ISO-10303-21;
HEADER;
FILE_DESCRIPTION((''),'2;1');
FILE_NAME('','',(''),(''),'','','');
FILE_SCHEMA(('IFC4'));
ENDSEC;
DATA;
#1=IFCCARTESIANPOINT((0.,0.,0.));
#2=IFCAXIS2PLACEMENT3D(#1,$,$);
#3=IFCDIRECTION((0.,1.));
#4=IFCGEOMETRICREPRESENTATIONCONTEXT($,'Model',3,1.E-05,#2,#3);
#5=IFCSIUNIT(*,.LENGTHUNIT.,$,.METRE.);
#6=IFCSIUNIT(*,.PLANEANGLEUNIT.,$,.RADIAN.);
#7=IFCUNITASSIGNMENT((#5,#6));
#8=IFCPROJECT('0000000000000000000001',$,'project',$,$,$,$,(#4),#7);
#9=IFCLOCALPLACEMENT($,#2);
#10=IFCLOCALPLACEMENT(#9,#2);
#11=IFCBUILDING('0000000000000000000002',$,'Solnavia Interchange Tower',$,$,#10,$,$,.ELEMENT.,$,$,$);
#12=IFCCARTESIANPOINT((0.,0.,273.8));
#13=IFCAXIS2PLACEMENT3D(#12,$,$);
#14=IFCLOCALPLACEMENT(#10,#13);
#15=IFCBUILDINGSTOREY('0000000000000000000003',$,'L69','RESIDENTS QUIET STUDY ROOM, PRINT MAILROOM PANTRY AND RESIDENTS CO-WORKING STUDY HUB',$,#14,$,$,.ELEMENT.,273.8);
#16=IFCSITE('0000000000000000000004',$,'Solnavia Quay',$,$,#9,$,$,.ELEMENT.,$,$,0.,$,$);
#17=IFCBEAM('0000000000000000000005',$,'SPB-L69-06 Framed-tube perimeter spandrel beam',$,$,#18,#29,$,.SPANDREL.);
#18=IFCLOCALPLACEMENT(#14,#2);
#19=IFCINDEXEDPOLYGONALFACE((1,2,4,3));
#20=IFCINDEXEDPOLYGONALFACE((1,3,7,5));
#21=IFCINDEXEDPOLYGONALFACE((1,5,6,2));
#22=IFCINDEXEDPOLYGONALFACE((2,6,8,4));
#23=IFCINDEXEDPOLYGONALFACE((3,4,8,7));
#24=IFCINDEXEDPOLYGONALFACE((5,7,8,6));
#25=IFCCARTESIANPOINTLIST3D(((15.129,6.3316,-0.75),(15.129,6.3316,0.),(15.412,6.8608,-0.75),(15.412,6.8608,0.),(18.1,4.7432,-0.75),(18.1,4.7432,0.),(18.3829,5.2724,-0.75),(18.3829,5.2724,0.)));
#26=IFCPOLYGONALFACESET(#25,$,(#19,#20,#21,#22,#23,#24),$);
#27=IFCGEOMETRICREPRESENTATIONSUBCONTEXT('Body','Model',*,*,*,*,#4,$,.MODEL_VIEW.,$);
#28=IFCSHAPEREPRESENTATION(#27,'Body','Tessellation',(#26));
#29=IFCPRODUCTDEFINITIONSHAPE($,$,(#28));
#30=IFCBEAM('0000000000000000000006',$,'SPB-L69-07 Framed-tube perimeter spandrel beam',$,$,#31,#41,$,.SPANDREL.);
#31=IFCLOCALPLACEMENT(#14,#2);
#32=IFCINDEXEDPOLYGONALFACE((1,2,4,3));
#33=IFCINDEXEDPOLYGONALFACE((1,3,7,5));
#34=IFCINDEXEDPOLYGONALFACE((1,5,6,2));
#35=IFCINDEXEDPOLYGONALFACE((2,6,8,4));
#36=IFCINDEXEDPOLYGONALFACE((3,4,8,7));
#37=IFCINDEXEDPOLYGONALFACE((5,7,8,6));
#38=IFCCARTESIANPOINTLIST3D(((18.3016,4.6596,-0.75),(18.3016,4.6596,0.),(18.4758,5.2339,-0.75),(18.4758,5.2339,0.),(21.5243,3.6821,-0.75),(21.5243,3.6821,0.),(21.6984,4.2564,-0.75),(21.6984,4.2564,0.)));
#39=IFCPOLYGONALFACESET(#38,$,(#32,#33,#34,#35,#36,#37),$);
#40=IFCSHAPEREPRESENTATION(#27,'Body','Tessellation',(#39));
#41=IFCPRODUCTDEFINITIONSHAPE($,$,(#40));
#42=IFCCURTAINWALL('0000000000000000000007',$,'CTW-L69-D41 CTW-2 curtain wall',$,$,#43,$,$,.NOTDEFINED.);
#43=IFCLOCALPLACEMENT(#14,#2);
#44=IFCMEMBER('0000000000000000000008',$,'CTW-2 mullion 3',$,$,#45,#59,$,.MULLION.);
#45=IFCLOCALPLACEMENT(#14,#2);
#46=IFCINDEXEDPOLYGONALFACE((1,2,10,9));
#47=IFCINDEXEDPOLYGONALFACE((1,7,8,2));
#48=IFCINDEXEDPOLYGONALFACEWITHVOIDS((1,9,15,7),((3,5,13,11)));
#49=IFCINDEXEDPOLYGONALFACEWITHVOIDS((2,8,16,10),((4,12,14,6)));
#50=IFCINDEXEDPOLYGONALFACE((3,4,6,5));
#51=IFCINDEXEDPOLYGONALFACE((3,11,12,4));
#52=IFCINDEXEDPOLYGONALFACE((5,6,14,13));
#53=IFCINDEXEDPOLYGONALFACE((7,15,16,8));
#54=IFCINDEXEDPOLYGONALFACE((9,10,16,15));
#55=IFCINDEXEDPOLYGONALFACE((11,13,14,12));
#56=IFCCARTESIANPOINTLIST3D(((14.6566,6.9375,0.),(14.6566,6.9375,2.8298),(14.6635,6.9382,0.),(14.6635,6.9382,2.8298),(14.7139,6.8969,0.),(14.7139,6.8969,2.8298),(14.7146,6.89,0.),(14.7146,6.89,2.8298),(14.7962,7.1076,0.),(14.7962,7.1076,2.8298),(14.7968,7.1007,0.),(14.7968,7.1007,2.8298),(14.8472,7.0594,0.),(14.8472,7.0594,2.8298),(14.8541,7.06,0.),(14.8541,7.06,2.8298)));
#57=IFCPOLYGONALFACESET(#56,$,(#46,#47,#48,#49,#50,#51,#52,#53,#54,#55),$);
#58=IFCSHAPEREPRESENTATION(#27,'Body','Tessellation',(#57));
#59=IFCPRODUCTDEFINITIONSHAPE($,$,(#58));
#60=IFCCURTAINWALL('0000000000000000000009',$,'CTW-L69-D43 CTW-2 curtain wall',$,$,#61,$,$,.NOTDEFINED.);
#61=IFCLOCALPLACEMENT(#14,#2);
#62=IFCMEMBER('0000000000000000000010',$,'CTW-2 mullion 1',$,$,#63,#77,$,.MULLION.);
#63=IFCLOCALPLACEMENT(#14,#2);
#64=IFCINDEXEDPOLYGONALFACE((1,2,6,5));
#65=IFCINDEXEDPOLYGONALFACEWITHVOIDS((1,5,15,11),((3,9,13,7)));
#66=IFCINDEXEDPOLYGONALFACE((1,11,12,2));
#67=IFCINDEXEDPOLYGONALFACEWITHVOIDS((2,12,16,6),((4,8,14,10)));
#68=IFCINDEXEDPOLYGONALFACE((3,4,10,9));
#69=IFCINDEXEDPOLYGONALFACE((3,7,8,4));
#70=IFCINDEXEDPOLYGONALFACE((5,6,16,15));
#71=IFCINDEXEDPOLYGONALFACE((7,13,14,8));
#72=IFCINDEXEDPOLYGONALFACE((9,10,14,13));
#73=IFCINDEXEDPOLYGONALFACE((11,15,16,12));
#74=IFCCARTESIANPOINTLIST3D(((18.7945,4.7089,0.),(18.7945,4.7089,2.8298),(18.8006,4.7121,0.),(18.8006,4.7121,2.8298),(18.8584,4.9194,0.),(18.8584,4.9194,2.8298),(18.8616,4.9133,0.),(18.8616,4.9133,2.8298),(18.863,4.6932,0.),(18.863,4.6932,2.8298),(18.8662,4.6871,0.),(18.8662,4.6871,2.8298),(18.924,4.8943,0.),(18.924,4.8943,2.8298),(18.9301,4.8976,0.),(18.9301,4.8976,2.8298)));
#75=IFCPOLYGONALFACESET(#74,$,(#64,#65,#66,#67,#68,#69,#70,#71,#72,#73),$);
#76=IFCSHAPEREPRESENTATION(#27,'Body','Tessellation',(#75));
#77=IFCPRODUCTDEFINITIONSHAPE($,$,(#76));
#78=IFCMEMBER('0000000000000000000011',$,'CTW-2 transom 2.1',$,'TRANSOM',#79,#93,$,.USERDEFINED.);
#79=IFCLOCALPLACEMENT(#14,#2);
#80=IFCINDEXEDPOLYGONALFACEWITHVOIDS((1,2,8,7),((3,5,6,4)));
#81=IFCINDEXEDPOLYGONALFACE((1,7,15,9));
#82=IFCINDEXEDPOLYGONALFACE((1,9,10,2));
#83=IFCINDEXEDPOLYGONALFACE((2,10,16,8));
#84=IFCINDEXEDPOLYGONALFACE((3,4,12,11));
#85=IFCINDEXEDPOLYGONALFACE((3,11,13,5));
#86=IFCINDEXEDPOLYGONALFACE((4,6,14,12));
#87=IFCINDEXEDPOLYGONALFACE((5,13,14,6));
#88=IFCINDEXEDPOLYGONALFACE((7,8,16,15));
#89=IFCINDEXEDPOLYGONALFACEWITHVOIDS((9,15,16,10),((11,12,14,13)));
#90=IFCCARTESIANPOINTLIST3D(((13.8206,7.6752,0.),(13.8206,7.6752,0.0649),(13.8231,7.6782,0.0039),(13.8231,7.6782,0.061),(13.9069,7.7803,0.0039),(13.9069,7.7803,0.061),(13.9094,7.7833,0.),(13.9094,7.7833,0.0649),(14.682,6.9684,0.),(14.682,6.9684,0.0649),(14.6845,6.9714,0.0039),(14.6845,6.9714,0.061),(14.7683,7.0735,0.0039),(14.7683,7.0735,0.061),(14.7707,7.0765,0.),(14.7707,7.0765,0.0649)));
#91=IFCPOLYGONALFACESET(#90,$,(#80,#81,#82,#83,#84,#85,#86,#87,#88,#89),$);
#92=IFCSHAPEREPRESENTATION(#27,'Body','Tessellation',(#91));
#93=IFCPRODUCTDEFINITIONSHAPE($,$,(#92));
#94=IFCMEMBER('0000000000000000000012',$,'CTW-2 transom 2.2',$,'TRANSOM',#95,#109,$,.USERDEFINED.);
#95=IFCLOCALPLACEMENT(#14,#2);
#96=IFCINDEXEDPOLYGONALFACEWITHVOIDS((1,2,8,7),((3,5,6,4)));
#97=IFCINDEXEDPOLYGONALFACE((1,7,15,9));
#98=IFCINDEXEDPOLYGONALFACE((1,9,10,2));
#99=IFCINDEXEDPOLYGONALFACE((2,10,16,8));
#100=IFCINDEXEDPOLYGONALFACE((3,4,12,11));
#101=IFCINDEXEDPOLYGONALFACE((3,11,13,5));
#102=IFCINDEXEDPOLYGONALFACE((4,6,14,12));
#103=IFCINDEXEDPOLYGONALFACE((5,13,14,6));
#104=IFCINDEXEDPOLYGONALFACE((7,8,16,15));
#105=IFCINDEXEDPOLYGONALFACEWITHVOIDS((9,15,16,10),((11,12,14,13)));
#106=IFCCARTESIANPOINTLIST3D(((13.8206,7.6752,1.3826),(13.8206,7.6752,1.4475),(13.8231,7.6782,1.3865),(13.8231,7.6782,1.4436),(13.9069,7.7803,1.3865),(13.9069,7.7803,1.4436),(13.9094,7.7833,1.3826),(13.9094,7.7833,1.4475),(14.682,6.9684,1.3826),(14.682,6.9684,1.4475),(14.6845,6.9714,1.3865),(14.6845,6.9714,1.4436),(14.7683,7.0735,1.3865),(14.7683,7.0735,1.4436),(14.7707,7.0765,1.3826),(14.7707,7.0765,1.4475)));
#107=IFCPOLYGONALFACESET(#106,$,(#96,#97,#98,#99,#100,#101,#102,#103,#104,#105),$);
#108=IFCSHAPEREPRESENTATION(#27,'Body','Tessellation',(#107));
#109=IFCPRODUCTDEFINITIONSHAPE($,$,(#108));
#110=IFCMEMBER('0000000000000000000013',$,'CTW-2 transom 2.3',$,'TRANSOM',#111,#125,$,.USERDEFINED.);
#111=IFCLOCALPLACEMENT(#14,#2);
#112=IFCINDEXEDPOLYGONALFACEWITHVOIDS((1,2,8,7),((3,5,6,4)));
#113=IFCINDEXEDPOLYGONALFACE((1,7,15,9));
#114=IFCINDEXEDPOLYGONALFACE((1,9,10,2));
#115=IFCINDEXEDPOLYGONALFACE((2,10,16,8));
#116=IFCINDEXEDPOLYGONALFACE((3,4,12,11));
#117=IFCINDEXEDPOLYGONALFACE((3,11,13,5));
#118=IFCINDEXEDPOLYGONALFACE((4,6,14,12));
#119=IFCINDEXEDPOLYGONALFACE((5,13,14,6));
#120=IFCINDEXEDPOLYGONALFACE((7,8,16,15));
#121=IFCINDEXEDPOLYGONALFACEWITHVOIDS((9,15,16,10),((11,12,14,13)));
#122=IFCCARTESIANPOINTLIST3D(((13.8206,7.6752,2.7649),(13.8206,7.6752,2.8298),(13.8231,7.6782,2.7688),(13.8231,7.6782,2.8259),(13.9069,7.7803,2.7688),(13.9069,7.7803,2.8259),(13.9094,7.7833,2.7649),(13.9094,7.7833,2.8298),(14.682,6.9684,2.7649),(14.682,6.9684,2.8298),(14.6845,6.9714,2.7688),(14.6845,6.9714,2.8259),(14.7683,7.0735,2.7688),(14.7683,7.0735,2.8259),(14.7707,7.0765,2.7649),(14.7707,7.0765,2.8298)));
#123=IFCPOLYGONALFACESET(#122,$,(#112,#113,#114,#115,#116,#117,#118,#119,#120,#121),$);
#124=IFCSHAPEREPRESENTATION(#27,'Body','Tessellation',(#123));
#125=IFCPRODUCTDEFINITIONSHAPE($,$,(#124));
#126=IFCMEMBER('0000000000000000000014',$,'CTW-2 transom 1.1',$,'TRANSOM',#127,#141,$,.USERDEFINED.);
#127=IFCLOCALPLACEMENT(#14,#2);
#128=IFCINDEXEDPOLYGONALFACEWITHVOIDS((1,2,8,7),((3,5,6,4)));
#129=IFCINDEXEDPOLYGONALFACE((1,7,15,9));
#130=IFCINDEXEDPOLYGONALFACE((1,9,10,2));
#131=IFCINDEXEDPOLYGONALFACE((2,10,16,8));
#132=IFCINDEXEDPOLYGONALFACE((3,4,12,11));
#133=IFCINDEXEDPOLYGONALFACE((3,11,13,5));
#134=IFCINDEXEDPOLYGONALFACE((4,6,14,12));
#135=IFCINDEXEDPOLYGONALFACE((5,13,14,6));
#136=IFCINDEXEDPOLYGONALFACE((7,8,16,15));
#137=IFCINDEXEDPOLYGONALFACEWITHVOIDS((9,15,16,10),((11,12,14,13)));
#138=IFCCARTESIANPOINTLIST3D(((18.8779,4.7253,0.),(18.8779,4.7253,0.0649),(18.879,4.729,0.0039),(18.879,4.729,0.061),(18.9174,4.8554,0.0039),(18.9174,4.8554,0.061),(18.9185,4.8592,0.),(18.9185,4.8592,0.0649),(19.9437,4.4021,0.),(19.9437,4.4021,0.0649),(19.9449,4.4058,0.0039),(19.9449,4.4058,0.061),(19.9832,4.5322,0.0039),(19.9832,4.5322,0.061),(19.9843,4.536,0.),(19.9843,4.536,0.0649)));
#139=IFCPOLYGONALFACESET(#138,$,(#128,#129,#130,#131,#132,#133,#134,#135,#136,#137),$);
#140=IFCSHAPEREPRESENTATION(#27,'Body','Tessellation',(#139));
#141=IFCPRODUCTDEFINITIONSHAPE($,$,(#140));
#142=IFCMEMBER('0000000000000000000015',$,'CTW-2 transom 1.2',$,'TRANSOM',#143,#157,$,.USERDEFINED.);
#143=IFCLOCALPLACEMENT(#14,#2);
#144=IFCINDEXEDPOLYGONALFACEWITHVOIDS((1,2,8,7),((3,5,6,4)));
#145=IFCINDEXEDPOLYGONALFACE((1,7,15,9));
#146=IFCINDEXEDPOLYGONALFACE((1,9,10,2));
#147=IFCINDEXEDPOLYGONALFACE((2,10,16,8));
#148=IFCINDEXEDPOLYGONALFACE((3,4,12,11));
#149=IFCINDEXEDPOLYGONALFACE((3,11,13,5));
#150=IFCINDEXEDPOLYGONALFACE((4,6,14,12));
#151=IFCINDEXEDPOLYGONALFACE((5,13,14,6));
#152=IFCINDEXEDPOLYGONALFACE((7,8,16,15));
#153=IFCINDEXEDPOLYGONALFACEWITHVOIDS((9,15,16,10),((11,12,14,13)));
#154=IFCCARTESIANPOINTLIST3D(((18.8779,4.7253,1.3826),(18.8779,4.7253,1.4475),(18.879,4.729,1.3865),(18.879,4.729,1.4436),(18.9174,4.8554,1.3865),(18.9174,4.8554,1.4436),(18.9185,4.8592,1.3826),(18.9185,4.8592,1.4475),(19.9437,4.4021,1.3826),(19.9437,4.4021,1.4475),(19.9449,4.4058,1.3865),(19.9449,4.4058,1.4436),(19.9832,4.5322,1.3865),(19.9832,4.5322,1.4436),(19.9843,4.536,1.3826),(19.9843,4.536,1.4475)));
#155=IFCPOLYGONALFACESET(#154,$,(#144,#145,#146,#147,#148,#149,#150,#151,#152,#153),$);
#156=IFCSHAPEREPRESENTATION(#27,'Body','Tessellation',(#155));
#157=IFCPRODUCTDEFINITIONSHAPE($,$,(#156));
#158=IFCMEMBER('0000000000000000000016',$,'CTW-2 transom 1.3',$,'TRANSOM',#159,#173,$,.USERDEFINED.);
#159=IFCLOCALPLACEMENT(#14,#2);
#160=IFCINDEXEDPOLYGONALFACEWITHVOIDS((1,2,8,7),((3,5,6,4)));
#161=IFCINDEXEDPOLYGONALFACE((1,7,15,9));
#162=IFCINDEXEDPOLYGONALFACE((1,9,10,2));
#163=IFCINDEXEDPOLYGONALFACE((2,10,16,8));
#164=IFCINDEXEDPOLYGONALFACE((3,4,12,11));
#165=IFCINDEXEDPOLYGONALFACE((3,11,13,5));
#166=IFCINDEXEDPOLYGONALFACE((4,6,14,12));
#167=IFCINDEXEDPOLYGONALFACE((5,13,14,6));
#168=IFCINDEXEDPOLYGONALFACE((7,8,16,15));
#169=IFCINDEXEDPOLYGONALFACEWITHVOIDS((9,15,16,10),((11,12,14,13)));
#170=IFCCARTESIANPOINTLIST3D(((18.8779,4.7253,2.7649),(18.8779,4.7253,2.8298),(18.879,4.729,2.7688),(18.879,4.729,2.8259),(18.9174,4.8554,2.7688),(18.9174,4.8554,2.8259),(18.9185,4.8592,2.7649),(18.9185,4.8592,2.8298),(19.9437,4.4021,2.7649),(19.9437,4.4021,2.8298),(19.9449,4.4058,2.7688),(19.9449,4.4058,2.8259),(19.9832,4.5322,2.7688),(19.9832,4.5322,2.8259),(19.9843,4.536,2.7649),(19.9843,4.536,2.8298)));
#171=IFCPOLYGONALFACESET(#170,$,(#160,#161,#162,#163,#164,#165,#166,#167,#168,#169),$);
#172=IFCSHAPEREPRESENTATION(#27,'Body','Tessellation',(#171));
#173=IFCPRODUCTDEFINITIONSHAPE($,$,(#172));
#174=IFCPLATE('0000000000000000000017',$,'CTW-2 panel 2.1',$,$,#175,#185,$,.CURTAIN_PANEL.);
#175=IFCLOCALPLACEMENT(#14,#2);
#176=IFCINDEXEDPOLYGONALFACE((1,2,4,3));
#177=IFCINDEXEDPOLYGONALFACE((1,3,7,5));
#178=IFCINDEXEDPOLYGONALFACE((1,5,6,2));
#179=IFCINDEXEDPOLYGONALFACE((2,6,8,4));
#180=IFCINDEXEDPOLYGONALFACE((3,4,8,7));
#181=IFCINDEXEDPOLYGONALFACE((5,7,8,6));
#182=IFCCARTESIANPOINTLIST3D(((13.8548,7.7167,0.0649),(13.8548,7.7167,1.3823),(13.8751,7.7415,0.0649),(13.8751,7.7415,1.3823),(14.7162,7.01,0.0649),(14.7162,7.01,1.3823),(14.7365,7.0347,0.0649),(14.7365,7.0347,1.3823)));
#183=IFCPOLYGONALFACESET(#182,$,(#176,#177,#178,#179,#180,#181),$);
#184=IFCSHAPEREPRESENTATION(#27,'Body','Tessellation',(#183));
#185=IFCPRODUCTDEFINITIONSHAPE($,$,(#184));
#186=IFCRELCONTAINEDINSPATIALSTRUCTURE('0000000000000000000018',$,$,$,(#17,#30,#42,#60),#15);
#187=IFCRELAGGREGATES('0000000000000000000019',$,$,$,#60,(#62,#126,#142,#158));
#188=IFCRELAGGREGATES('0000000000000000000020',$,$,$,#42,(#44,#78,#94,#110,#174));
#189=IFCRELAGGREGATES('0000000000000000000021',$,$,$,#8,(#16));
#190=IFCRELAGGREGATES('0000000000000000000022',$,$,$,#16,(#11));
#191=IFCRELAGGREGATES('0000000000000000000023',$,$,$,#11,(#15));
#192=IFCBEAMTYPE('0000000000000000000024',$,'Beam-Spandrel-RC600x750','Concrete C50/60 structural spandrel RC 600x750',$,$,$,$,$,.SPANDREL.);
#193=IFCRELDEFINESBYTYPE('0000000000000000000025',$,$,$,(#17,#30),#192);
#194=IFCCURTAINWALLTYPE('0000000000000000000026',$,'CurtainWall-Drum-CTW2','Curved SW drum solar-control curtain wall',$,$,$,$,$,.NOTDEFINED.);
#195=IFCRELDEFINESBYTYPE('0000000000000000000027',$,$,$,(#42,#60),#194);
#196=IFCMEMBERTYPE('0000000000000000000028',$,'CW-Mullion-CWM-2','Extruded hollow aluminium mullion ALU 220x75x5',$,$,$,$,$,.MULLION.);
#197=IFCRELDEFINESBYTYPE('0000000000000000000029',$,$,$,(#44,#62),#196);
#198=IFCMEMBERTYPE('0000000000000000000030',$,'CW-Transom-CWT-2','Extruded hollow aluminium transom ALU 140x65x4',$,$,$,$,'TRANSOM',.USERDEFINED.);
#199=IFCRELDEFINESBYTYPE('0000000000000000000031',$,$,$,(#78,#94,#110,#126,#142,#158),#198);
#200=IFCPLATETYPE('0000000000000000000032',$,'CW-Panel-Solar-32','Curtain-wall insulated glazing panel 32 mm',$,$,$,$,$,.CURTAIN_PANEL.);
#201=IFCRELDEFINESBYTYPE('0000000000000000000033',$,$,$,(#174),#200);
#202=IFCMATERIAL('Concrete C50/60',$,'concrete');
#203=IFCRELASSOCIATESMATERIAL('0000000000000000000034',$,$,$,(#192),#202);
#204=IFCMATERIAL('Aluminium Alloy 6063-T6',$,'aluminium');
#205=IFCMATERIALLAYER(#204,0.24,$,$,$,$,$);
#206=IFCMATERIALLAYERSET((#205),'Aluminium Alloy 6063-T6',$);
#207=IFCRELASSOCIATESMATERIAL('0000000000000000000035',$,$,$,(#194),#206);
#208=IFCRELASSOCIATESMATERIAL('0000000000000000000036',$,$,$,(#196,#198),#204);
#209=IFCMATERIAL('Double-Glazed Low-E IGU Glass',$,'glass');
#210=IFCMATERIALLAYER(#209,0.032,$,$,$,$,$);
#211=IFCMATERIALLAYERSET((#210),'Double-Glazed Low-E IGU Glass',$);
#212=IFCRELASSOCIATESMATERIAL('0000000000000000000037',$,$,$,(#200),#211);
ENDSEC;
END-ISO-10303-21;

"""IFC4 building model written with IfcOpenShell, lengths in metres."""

from ifc_helpers import new_model, si_unit, direction, frame, origin, origin_2d, place, context, subcontext, project, spatial, rectangle, hollow_rectangle, extrude, material, layer, layer_set, material_profile, profile_set, type_object, element, aggregate, save


model = new_model("IFC4")

# Units and contexts
model_context = context("Model", 3, precision=1e-05, world=origin(), true_north=direction((0.0, 1.0)))
body_context = subcontext(model_context, "Body", "Model", "MODEL_VIEW")
ifc_project = project(units=[si_unit("LENGTHUNIT", "METRE"), si_unit("PLANEANGLEUNIT", "RADIAN")], contexts=[model_context])

# Site, building, storey
site_placement = place(None, origin())
site = spatial("IfcSite", under=ifc_project, at=site_placement, Name="Solnavia Quay", CompositionType="ELEMENT", RefElevation=0.0)
building_placement = place(site_placement, origin())
building = spatial("IfcBuilding", under=site, at=building_placement, Name="Solnavia Interchange Tower", CompositionType="ELEMENT")
storey_placement = place(building_placement, frame((0.0, 0.0, 273.8)))
storey = spatial("IfcBuildingStorey", under=building, at=storey_placement, Name="L69", Description="RESIDENTS QUIET STUDY ROOM, PRINT MAILROOM PANTRY AND RESIDENTS CO-WORKING STUDY HUB", CompositionType="ELEMENT", Elevation=273.8)

# Shared definitions
ifc_material_1 = material(Name="Concrete C50/60", Category="concrete")

# Beams
ifc_material_profile_1 = material_profile(ifc_material_1, rectangle(XDim=0.6001, YDim=0.75, at=origin_2d()), Name="RC 600x750")
ifc_profile_set_1 = profile_set([ifc_material_profile_1], Name="Concrete C50/60")
beam_type_1 = type_object("IfcBeamType", Name="Beam-Spandrel-RC600x750", Description="Concrete C50/60 structural spandrel RC 600x750", PredefinedType="SPANDREL", material=ifc_profile_set_1)
beam_1_placement = place(storey_placement, frame((15.2705, 6.5962, -0.375), z_axis=(0.881875, -0.471483, 0.0), x_axis=(0.471483, 0.881875, 0.0)))
element("IfcBeam", 1, at=beam_1_placement, inside=storey, type_object=beam_type_1, Name="SPB-L69-06 Framed-tube perimeter spandrel beam", PredefinedType="SPANDREL", context=body_context, shape_type="SweptSolid", body=[
    extrude(rectangle(XDim=0.6001, YDim=0.75, at=origin_2d()), origin(), (0.0, 0.0, 1.0), 3.3689),
])
beam_2_placement = place(storey_placement, frame((18.3887, 4.9468, -0.375), z_axis=(0.956944, -0.290273, 0.0), x_axis=(0.290273, 0.956944, 0.0)))
element("IfcBeam", 2, at=beam_2_placement, inside=storey, type_object=beam_type_1, Name="SPB-L69-07 Framed-tube perimeter spandrel beam", PredefinedType="SPANDREL", context=body_context, shape_type="SweptSolid", body=[
    extrude(rectangle(XDim=0.6001, YDim=0.75, at=origin_2d()), origin(), (0.0, 0.0, 1.0), 3.3677),
])

# Curtain walls, members
ifc_material_2 = material(Name="Aluminium Alloy 6063-T6", Category="aluminium")
ifc_layer_1 = layer(ifc_material_2, 0.24)
ifc_layer_set_1 = layer_set([ifc_layer_1], Name="Aluminium Alloy 6063-T6")
curtain_wall_type = type_object("IfcCurtainWallType", Name="CurtainWall-Drum-CTW2", Description="Curved SW drum solar-control curtain wall", PredefinedType="NOTDEFINED", material=ifc_layer_set_1)
curtain_wall_1_placement = place(storey_placement, origin())
curtain_wall_1 = element("IfcCurtainWall", 3, at=curtain_wall_1_placement, inside=storey, type_object=curtain_wall_type, Name="CTW-L69-D41 CTW-2 curtain wall", PredefinedType="NOTDEFINED")
ifc_material_profile_2 = material_profile(ifc_material_2, hollow_rectangle(XDim=0.075, YDim=0.22, WallThickness=0.0049, at=origin_2d()), Name="ALU 220x75x5")
ifc_profile_set_2 = profile_set([ifc_material_profile_2], Name="Aluminium Alloy 6063-T6")
member_type_1 = type_object("IfcMemberType", Name="CW-Mullion-CWM-2", Description="Extruded hollow aluminium mullion ALU 220x75x5", PredefinedType="MULLION", material=ifc_profile_set_2)
member_1_placement = place(storey_placement, frame((14.7554, 6.9988, 0.0), z_axis=(0.0, 0.0, 1.0), x_axis=(0.773103, -0.63428, 0.0)))
member_1 = element("IfcMember", 4, at=member_1_placement, type_object=member_type_1, Name="CTW-2 mullion 3", PredefinedType="MULLION", context=body_context, shape_type="SweptSolid", body=[
    extrude(hollow_rectangle(XDim=0.075, YDim=0.22, WallThickness=0.0049, at=origin_2d()), origin(), (0.0, 0.0, 1.0), 2.8298),
])
curtain_wall_2_placement = place(storey_placement, origin())
curtain_wall_2 = element("IfcCurtainWall", 5, at=curtain_wall_2_placement, inside=storey, type_object=curtain_wall_type, Name="CTW-L69-D43 CTW-2 curtain wall", PredefinedType="NOTDEFINED")
member_2_placement = place(storey_placement, frame((18.8623, 4.8032, 0.0), z_axis=(0.0, 0.0, 1.0), x_axis=(0.956942, -0.290279, 0.0)))
member_2 = element("IfcMember", 6, at=member_2_placement, type_object=member_type_1, Name="CTW-2 mullion 1", PredefinedType="MULLION", context=body_context, shape_type="SweptSolid", body=[
    extrude(hollow_rectangle(XDim=0.075, YDim=0.22, WallThickness=0.0049, at=origin_2d()), origin(), (0.0, 0.0, 1.0), 2.8298),
])

# Members
ifc_material_profile_3 = material_profile(ifc_material_2, hollow_rectangle(XDim=0.0649, YDim=0.1399, WallThickness=0.0039, at=origin_2d()), Name="ALU 140x65x4")
ifc_profile_set_3 = profile_set([ifc_material_profile_3], Name="Aluminium Alloy 6063-T6")
member_type_2 = type_object("IfcMemberType", Name="CW-Transom-CWT-2", Description="Extruded hollow aluminium transom ALU 140x65x4", ElementType="TRANSOM", PredefinedType="USERDEFINED", material=ifc_profile_set_3)
member_3_placement = place(storey_placement, frame((13.865, 7.7292, 0.0325), z_axis=(0.773049, -0.634347, 0.0), x_axis=(0.0, 0.0, 1.0)))
member_3 = element("IfcMember", 7, at=member_3_placement, type_object=member_type_2, Name="CTW-2 transom 2.1", ObjectType="TRANSOM", PredefinedType="USERDEFINED", context=body_context, shape_type="SweptSolid", body=[
    extrude(hollow_rectangle(XDim=0.0649, YDim=0.1399, WallThickness=0.0039, at=origin_2d()), origin(), (0.0, 0.0, 1.0), 1.1143),
])
member_4_placement = place(storey_placement, frame((13.865, 7.7292, 1.415), z_axis=(0.773049, -0.634347, 0.0), x_axis=(0.0, 0.0, 1.0)))
member_4 = element("IfcMember", 8, at=member_4_placement, type_object=member_type_2, Name="CTW-2 transom 2.2", ObjectType="TRANSOM", PredefinedType="USERDEFINED", context=body_context, shape_type="SweptSolid", body=[
    extrude(hollow_rectangle(XDim=0.0649, YDim=0.1399, WallThickness=0.0039, at=origin_2d()), origin(), (0.0, 0.0, 1.0), 1.1143),
])
member_5_placement = place(storey_placement, frame((13.865, 7.7292, 2.7974), z_axis=(0.773049, -0.634347, 0.0), x_axis=(0.0, 0.0, 1.0)))
member_5 = element("IfcMember", 9, at=member_5_placement, type_object=member_type_2, Name="CTW-2 transom 2.3", ObjectType="TRANSOM", PredefinedType="USERDEFINED", context=body_context, shape_type="SweptSolid", body=[
    extrude(hollow_rectangle(XDim=0.0649, YDim=0.1399, WallThickness=0.0039, at=origin_2d()), origin(), (0.0, 0.0, 1.0), 1.1143),
])
member_6_placement = place(storey_placement, frame((18.8982, 4.7922, 0.0325), z_axis=(0.956965, -0.290202, 0.0), x_axis=(0.0, 0.0, 1.0)))
member_6 = element("IfcMember", 10, at=member_6_placement, type_object=member_type_2, Name="CTW-2 transom 1.1", ObjectType="TRANSOM", PredefinedType="USERDEFINED", context=body_context, shape_type="SweptSolid", body=[
    extrude(hollow_rectangle(XDim=0.0649, YDim=0.1399, WallThickness=0.0039, at=origin_2d()), origin(), (0.0, 0.0, 1.0), 1.1138),
])
member_7_placement = place(storey_placement, frame((18.8982, 4.7922, 1.415), z_axis=(0.956965, -0.290202, 0.0), x_axis=(0.0, 0.0, 1.0)))
member_7 = element("IfcMember", 11, at=member_7_placement, type_object=member_type_2, Name="CTW-2 transom 1.2", ObjectType="TRANSOM", PredefinedType="USERDEFINED", context=body_context, shape_type="SweptSolid", body=[
    extrude(hollow_rectangle(XDim=0.0649, YDim=0.1399, WallThickness=0.0039, at=origin_2d()), origin(), (0.0, 0.0, 1.0), 1.1138),
])
member_8_placement = place(storey_placement, frame((18.8982, 4.7922, 2.7974), z_axis=(0.956965, -0.290202, 0.0), x_axis=(0.0, 0.0, 1.0)))
member_8 = element("IfcMember", 12, at=member_8_placement, type_object=member_type_2, Name="CTW-2 transom 1.3", ObjectType="TRANSOM", PredefinedType="USERDEFINED", context=body_context, shape_type="SweptSolid", body=[
    extrude(hollow_rectangle(XDim=0.0649, YDim=0.1399, WallThickness=0.0039, at=origin_2d()), origin(), (0.0, 0.0, 1.0), 1.1138),
])
aggregate(curtain_wall_2, [member_2, member_6, member_7, member_8])

# Plate
ifc_material_3 = material(Name="Double-Glazed Low-E IGU Glass", Category="glass")
ifc_layer_2 = layer(ifc_material_3, 0.032)
ifc_layer_set_2 = layer_set([ifc_layer_2], Name="Double-Glazed Low-E IGU Glass")
plate_type = type_object("IfcPlateType", Name="CW-Panel-Solar-32", Description="Curtain-wall insulated glazing panel 32 mm", PredefinedType="CURTAIN_PANEL", material=ifc_layer_set_2)
plate_1_placement = place(storey_placement, frame((14.2957, 7.3757, 0.0649), z_axis=(0.0, 0.0, 1.0), x_axis=(0.773103, -0.63428, 0.0)))
plate_1 = element("IfcPlate", 13, at=plate_1_placement, type_object=plate_type, Name="CTW-2 panel 2.1", PredefinedType="CURTAIN_PANEL", context=body_context, shape_type="SweptSolid", body=[
    extrude(rectangle(XDim=1.1143, YDim=0.032, at=origin_2d()), origin(), (0.0, 0.0, 1.0), 1.3174),
])
aggregate(curtain_wall_1, [member_1, member_3, member_4, member_5, plate_1])

save(model, "model.ifc")
